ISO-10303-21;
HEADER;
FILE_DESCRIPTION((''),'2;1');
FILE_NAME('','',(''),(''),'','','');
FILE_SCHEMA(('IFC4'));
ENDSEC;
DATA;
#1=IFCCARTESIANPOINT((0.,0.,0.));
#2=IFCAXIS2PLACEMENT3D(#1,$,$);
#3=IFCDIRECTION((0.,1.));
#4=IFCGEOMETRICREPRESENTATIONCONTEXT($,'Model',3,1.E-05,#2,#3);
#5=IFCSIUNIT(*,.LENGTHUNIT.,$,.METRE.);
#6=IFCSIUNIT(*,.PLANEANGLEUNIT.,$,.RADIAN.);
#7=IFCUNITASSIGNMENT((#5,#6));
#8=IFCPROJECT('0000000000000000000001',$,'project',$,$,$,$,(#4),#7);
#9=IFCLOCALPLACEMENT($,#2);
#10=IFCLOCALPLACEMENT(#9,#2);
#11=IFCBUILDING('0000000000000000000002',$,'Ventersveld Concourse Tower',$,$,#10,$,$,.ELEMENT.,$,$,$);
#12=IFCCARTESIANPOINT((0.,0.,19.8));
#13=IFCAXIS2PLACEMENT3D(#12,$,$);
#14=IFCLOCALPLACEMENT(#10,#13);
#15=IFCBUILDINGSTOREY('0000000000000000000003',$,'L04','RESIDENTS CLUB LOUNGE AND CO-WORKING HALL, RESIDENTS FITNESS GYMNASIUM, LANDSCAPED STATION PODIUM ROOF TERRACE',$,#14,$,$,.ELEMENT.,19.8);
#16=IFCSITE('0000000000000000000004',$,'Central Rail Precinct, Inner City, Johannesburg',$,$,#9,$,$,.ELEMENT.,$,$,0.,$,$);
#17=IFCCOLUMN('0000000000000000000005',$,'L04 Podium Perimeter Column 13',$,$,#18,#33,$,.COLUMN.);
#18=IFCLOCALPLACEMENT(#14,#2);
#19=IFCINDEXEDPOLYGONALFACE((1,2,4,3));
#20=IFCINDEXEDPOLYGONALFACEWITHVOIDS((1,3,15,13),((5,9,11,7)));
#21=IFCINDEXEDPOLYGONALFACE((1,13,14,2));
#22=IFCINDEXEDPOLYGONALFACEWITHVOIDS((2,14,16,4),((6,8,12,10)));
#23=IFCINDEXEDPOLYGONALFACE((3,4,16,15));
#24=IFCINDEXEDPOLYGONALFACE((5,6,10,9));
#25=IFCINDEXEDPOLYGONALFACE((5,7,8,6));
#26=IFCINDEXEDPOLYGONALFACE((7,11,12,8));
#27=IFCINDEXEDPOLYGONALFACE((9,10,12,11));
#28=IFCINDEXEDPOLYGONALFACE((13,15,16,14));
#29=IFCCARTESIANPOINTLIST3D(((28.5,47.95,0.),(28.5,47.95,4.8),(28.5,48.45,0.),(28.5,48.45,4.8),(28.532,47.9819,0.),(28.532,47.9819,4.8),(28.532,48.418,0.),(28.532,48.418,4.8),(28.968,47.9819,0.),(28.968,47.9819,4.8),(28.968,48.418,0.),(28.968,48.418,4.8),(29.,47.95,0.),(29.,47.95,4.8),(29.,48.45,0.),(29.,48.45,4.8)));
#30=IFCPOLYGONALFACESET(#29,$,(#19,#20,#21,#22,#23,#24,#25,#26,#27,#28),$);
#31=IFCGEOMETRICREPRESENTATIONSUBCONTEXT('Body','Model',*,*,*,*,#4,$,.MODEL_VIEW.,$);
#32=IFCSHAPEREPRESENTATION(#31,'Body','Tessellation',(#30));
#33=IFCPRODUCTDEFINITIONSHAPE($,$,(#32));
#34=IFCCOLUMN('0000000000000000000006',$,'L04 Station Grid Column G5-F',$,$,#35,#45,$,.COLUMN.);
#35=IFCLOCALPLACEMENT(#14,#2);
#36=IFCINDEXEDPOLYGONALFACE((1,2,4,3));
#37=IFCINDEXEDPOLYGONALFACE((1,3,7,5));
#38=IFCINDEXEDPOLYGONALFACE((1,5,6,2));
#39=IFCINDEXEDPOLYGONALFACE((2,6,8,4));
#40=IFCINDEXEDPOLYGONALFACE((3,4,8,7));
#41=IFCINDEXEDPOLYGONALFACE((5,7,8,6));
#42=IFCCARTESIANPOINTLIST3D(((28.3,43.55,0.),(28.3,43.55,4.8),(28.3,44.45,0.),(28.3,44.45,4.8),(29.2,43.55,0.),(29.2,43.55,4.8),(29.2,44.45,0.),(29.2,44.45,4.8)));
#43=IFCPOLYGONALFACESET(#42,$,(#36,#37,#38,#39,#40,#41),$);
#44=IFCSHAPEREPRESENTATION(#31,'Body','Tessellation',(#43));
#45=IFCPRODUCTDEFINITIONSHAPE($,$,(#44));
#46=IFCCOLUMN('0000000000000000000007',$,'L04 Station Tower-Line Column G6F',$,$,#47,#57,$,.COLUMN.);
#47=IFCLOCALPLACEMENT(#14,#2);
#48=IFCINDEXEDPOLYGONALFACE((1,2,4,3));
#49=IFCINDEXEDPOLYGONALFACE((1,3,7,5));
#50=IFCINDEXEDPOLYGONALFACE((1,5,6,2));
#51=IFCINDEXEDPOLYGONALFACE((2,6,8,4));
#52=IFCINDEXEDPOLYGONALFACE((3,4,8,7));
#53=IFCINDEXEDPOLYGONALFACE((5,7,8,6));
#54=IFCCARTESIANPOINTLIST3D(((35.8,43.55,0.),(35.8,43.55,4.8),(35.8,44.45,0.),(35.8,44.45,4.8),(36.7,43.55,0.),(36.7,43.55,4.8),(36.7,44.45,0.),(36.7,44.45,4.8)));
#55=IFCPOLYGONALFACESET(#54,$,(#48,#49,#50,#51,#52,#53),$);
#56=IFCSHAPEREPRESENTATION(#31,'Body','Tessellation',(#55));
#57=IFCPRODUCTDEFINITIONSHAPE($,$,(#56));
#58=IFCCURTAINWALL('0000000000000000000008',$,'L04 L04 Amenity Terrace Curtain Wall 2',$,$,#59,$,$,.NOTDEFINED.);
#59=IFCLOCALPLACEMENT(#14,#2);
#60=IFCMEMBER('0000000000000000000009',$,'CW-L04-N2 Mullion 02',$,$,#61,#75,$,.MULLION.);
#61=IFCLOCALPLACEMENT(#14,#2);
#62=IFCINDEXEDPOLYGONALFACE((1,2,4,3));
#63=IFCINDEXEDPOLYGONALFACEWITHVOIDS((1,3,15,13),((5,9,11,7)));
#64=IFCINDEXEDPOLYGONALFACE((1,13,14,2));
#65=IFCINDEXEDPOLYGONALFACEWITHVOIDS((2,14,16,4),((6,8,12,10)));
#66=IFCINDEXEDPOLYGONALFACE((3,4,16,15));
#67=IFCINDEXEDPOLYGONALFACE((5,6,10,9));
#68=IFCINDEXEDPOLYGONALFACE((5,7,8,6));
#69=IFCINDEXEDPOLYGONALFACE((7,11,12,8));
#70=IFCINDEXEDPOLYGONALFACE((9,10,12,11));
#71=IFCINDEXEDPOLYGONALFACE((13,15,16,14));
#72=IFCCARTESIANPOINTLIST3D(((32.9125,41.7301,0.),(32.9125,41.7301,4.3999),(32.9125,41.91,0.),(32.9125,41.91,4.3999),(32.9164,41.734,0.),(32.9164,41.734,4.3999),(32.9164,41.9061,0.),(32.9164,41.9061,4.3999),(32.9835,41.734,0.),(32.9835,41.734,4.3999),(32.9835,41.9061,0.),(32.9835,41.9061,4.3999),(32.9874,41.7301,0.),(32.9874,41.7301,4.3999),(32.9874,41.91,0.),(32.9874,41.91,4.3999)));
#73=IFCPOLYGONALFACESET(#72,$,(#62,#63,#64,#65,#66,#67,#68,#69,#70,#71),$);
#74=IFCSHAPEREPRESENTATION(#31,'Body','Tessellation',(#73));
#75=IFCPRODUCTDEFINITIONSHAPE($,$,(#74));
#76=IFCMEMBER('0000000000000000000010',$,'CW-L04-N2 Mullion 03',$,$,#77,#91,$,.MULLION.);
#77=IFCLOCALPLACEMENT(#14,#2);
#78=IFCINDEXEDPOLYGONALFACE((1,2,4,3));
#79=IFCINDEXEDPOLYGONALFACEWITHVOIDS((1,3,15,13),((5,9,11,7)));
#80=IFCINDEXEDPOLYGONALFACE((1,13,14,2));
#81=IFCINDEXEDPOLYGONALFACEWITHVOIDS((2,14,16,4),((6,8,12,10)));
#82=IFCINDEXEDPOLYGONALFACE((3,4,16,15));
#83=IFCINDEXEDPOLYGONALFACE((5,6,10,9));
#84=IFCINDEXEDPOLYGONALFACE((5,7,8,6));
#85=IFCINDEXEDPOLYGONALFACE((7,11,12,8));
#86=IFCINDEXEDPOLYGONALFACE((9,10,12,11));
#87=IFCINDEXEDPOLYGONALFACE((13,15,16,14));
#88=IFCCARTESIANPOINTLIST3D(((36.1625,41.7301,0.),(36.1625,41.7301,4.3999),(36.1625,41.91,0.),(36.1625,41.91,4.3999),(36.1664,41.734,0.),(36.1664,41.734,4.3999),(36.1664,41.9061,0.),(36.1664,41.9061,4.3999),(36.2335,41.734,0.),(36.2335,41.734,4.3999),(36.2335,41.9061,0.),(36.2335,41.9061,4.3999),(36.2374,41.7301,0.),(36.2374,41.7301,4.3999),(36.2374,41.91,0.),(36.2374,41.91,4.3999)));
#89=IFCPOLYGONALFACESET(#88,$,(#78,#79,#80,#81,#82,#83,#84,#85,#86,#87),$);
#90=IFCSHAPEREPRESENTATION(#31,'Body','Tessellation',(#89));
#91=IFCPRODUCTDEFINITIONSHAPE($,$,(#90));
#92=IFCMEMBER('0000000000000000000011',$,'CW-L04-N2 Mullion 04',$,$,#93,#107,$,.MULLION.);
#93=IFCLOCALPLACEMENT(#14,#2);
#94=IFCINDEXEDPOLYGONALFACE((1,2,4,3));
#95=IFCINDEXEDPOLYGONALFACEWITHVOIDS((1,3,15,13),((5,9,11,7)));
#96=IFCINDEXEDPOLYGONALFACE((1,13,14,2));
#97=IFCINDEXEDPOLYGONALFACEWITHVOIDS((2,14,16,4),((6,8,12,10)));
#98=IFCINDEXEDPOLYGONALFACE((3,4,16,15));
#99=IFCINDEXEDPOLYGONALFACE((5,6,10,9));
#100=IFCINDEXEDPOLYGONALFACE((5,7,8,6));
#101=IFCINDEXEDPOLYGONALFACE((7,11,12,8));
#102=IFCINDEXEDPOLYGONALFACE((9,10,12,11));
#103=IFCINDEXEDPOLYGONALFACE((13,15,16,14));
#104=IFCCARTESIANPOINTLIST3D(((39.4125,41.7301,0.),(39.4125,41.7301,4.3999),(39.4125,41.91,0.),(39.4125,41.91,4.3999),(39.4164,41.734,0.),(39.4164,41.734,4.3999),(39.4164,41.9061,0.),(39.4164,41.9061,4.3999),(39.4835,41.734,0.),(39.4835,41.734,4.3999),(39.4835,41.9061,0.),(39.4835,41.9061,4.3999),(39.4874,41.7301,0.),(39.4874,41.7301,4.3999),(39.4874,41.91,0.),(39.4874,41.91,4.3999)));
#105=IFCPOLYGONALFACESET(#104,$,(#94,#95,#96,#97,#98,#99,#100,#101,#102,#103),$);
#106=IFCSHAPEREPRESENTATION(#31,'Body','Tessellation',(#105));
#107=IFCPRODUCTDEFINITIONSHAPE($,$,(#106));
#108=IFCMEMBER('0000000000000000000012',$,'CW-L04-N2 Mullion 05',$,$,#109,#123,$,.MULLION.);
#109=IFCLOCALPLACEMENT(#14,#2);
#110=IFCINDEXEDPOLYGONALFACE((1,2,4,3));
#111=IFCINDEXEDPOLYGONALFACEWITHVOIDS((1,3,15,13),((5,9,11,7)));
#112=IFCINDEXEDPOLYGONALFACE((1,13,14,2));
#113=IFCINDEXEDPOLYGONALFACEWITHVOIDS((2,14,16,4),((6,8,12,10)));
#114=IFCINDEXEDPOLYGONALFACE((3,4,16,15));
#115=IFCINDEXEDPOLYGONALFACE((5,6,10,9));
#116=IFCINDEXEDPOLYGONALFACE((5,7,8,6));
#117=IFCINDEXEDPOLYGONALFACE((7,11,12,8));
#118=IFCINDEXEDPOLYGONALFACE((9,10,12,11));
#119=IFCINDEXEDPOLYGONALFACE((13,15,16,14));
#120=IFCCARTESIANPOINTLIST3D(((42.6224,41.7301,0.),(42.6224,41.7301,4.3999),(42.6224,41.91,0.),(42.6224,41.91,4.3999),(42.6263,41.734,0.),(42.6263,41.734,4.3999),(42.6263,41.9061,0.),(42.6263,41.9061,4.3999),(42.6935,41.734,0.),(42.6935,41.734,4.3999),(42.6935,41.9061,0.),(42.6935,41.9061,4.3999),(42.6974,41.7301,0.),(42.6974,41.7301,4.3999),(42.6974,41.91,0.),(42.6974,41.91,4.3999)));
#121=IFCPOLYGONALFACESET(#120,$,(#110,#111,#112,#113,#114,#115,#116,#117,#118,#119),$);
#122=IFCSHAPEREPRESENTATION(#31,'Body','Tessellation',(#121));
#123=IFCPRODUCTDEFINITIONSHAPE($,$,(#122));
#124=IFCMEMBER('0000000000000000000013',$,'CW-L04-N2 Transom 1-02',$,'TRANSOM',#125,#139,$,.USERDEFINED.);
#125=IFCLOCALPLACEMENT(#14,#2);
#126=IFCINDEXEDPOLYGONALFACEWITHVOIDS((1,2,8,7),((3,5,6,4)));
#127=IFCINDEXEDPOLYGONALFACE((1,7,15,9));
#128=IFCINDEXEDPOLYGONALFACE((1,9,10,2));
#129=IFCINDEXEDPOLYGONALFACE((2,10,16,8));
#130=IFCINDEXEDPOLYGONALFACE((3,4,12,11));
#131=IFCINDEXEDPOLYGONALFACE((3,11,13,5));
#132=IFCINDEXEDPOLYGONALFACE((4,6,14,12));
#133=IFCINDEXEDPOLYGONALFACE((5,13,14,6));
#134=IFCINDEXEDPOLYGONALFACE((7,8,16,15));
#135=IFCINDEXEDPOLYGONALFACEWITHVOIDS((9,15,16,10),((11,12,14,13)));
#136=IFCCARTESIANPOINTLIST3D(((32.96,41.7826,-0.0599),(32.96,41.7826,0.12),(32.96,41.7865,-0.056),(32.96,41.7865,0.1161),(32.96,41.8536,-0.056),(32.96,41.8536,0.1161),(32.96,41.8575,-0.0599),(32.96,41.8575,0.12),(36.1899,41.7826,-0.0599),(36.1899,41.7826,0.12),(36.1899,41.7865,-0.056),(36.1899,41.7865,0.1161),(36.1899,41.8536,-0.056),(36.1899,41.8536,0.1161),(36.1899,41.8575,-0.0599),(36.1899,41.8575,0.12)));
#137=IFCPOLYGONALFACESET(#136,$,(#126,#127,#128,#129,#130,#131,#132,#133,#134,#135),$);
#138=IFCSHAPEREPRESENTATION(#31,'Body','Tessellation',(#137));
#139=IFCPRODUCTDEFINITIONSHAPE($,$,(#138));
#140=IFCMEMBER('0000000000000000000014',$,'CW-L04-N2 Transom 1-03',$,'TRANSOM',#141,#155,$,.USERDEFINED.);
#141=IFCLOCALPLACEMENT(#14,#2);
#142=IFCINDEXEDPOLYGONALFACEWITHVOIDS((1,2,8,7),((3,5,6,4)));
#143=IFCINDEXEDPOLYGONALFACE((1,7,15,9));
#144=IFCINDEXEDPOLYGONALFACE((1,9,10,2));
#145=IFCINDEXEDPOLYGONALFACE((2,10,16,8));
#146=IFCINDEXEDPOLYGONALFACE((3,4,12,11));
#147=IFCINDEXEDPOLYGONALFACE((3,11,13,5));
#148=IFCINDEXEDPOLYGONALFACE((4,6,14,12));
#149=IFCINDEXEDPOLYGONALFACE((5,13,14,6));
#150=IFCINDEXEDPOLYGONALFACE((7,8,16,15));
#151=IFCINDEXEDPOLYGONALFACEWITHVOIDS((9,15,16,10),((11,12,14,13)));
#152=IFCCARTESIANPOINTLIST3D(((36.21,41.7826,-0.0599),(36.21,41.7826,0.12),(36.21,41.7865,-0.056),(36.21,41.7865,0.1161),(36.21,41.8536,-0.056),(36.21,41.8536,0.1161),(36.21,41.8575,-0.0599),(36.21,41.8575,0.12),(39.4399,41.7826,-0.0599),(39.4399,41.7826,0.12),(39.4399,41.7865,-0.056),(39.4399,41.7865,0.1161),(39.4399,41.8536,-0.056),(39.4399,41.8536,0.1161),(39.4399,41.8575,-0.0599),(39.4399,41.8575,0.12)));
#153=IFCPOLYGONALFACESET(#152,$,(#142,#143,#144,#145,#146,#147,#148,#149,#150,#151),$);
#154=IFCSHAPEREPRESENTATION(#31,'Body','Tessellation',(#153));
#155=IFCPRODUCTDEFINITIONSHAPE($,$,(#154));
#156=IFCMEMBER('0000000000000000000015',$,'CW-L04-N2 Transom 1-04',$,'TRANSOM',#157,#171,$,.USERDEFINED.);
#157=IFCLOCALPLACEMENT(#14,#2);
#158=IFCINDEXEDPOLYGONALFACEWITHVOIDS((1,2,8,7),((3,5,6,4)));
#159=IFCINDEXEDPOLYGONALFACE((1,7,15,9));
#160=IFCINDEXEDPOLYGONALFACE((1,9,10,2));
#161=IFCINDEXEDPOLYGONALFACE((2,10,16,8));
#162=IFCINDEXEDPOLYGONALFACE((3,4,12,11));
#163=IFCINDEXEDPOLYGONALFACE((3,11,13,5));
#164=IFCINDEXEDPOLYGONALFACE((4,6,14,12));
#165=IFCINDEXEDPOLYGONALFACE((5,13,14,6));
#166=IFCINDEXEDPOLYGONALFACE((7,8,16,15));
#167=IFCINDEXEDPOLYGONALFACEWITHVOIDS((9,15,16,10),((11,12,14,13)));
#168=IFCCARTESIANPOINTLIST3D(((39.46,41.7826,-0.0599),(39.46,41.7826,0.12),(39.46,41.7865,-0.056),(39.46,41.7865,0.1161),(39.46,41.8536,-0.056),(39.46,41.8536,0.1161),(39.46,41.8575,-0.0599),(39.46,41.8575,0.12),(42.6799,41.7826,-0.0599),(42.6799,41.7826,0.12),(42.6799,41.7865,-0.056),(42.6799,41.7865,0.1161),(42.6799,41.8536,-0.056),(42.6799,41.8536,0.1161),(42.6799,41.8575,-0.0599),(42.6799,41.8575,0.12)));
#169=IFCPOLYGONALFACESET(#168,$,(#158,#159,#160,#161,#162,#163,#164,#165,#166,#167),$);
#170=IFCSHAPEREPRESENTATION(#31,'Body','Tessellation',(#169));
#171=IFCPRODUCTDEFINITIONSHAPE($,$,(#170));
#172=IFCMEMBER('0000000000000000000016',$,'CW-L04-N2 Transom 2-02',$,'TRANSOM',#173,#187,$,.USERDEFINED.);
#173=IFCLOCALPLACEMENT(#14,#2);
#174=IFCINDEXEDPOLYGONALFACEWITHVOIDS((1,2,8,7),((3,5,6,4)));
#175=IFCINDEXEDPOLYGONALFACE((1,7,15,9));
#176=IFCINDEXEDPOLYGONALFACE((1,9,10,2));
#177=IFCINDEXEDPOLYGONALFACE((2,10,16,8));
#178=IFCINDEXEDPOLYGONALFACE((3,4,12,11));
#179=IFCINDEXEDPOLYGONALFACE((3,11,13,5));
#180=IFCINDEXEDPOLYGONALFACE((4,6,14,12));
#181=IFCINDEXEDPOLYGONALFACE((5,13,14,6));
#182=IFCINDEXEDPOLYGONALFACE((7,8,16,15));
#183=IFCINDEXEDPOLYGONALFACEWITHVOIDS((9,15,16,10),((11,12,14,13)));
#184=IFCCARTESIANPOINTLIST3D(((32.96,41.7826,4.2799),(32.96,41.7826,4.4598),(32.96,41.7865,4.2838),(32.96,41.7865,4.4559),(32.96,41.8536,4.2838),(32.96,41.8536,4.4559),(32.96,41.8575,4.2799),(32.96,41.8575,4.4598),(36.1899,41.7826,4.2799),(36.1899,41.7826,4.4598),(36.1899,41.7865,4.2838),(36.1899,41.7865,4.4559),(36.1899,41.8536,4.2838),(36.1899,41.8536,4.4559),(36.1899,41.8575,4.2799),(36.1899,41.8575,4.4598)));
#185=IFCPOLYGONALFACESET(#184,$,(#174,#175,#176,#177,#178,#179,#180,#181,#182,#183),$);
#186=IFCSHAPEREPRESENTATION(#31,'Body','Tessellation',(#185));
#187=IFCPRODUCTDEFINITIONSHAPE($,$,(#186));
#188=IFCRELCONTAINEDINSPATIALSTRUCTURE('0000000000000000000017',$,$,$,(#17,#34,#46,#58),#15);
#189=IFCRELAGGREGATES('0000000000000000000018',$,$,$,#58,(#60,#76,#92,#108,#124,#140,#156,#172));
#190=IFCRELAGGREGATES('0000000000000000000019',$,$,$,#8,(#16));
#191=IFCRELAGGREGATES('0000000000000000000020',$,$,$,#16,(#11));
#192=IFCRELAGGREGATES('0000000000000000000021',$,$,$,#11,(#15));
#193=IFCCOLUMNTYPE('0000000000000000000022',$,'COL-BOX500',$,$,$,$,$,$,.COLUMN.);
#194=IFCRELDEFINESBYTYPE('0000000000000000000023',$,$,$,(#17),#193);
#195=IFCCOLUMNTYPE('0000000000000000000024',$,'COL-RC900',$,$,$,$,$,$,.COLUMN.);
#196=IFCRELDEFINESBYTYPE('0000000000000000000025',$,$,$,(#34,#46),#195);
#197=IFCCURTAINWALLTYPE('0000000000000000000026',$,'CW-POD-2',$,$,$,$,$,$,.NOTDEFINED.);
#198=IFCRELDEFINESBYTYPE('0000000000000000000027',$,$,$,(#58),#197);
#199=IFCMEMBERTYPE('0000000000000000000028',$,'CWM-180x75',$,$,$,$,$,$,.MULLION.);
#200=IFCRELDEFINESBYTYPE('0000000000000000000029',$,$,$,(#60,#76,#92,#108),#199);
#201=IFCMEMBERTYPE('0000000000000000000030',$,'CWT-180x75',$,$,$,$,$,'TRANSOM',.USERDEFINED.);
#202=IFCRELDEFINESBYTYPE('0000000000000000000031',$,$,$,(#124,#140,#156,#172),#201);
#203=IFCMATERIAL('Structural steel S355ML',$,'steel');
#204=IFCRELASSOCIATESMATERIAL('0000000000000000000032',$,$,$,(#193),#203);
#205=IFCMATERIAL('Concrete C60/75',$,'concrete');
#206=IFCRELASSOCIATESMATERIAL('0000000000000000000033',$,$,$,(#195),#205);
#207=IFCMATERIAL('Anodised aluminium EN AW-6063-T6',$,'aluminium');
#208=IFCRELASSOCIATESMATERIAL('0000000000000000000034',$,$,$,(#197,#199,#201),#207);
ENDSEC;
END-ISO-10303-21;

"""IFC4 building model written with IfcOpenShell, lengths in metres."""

from ifc_helpers import new_model, si_unit, direction, frame, origin, origin_2d, place, context, subcontext, project, spatial, rectangle, hollow_rectangle, extrude, material, material_profile, profile_set, type_object, element, aggregate, save


model = new_model("IFC4")

# Units and contexts
model_context = context("Model", 3, precision=1e-05, world=origin(), true_north=direction((0.0, 1.0)))
body_context = subcontext(model_context, "Body", "Model", "MODEL_VIEW")
ifc_project = project(units=[si_unit("LENGTHUNIT", "METRE"), si_unit("PLANEANGLEUNIT", "RADIAN")], contexts=[model_context])

# Site, building, storey
site_placement = place(None, origin())
site = spatial("IfcSite", under=ifc_project, at=site_placement, Name="Central Rail Precinct, Inner City, Johannesburg", CompositionType="ELEMENT", RefElevation=0.0)
building_placement = place(site_placement, origin())
building = spatial("IfcBuilding", under=site, at=building_placement, Name="Ventersveld Concourse Tower", CompositionType="ELEMENT")
storey_placement = place(building_placement, frame((0.0, 0.0, 19.8)))
storey = spatial("IfcBuildingStorey", under=building, at=storey_placement, Name="L04", Description="RESIDENTS CLUB LOUNGE AND CO-WORKING HALL, RESIDENTS FITNESS GYMNASIUM, LANDSCAPED STATION PODIUM ROOF TERRACE", CompositionType="ELEMENT", Elevation=19.8)

# Columns
ifc_material_1 = material(Name="Structural steel S355ML", Category="steel")
ifc_material_profile_1 = material_profile(ifc_material_1, hollow_rectangle(XDim=0.5, YDim=0.5, WallThickness=0.032, at=origin_2d()), Name="BOX 500x500x32")
ifc_profile_set_1 = profile_set([ifc_material_profile_1], Name="Structural steel S355ML")
column_type_1 = type_object("IfcColumnType", Name="COL-BOX500", PredefinedType="COLUMN", material=ifc_profile_set_1)
column_placement = place(storey_placement, frame((28.75, 48.2, 0.0), z_axis=(0.0, 0.0, 1.0), x_axis=(1.0, 0.0, 0.0)))
element("IfcColumn", 1, at=column_placement, inside=storey, type_object=column_type_1, Name="L04 Podium Perimeter Column 13", PredefinedType="COLUMN", context=body_context, shape_type="SweptSolid", body=[
    extrude(hollow_rectangle(XDim=0.5, YDim=0.5, WallThickness=0.032, at=origin_2d()), origin(), (0.0, 0.0, 1.0), 4.8),
])
ifc_material_2 = material(Name="Concrete C60/75", Category="concrete")
ifc_material_profile_2 = material_profile(ifc_material_2, rectangle(XDim=0.8999, YDim=0.8999, at=origin_2d()), Name="RC 900x900")
ifc_profile_set_2 = profile_set([ifc_material_profile_2], Name="Concrete C60/75")
column_type_2 = type_object("IfcColumnType", Name="COL-RC900", PredefinedType="COLUMN", material=ifc_profile_set_2)
for number, where, z_axis, x_axis, name in (
    (2, (28.75, 44.0, 0.0), (0.0, 0.0, 1.0), (1.0, 0.0, 0.0), "L04 Station Grid Column G5-F"),
    (3, (36.25, 44.0, 0.0), (0.0, 0.0, 1.0), (1.0, 0.0, 0.0), "L04 Station Tower-Line Column G6F"),
):
    element("IfcColumn", number, at=place(storey_placement, frame(where, z_axis=z_axis, x_axis=x_axis)), inside=storey, type_object=column_type_2, Name=name, PredefinedType="COLUMN", context=body_context, shape_type="SweptSolid", body=[
        extrude(rectangle(XDim=0.8999, YDim=0.8999, at=origin_2d()), origin(), (0.0, 0.0, 1.0), 4.8),
    ])

# Curtain wall, members
ifc_material_3 = material(Name="Anodised aluminium EN AW-6063-T6", Category="aluminium")
curtain_wall_type = type_object("IfcCurtainWallType", Name="CW-POD-2", PredefinedType="NOTDEFINED", material=ifc_material_3)
curtain_wall_placement = place(storey_placement, origin())
curtain_wall = element("IfcCurtainWall", 4, at=curtain_wall_placement, inside=storey, type_object=curtain_wall_type, Name="L04 L04 Amenity Terrace Curtain Wall 2", PredefinedType="NOTDEFINED")
ifc_material_profile_3 = material_profile(ifc_material_3, hollow_rectangle(XDim=0.075, YDim=0.1799, WallThickness=0.0039, at=origin_2d()), Name="ALU 180x75x4")
ifc_profile_set_3 = profile_set([ifc_material_profile_3], Name="Anodised aluminium EN AW-6063-T6")
member_type_1 = type_object("IfcMemberType", Name="CWM-180x75", PredefinedType="MULLION", material=ifc_profile_set_3)
member_1_placement = place(storey_placement, frame((32.95, 41.8201, 0.0), z_axis=(0.0, 0.0, 1.0), x_axis=(1.0, 0.0, 0.0)))
member_1 = element("IfcMember", 5, at=member_1_placement, type_object=member_type_1, Name="CW-L04-N2 Mullion 02", PredefinedType="MULLION", context=body_context, shape_type="SweptSolid", body=[
    extrude(hollow_rectangle(XDim=0.075, YDim=0.1799, WallThickness=0.0039, at=origin_2d()), origin(), (0.0, 0.0, 1.0), 4.3999),
])
member_2_placement = place(storey_placement, frame((36.2, 41.8201, 0.0), z_axis=(0.0, 0.0, 1.0), x_axis=(1.0, 0.0, 0.0)))
member_2 = element("IfcMember", 6, at=member_2_placement, type_object=member_type_1, Name="CW-L04-N2 Mullion 03", PredefinedType="MULLION", context=body_context, shape_type="SweptSolid", body=[
    extrude(hollow_rectangle(XDim=0.075, YDim=0.1799, WallThickness=0.0039, at=origin_2d()), origin(), (0.0, 0.0, 1.0), 4.3999),
])
member_3_placement = place(storey_placement, frame((39.45, 41.8201, 0.0), z_axis=(0.0, 0.0, 1.0), x_axis=(1.0, 0.0, 0.0)))
member_3 = element("IfcMember", 7, at=member_3_placement, type_object=member_type_1, Name="CW-L04-N2 Mullion 04", PredefinedType="MULLION", context=body_context, shape_type="SweptSolid", body=[
    extrude(hollow_rectangle(XDim=0.075, YDim=0.1799, WallThickness=0.0039, at=origin_2d()), origin(), (0.0, 0.0, 1.0), 4.3999),
])
member_4_placement = place(storey_placement, frame((42.6599, 41.8201, 0.0), z_axis=(0.0, 0.0, 1.0), x_axis=(1.0, 0.0, 0.0)))
member_4 = element("IfcMember", 8, at=member_4_placement, type_object=member_type_1, Name="CW-L04-N2 Mullion 05", PredefinedType="MULLION", context=body_context, shape_type="SweptSolid", body=[
    extrude(hollow_rectangle(XDim=0.075, YDim=0.1799, WallThickness=0.0039, at=origin_2d()), origin(), (0.0, 0.0, 1.0), 4.3999),
])
ifc_material_profile_4 = material_profile(ifc_material_3, hollow_rectangle(XDim=0.075, YDim=0.1799, WallThickness=0.0039, at=origin_2d()), Name="ALU 180x75x4")
ifc_profile_set_4 = profile_set([ifc_material_profile_4], Name="Anodised aluminium EN AW-6063-T6")
member_type_2 = type_object("IfcMemberType", Name="CWT-180x75", ElementType="TRANSOM", PredefinedType="USERDEFINED", material=ifc_profile_set_4)
member_5_placement = place(storey_placement, frame((32.96, 41.8201, 0.03), z_axis=(1.0, 0.0, 0.0), x_axis=(0.0, 1.0, 0.0)))
member_5 = element("IfcMember", 9, at=member_5_placement, type_object=member_type_2, Name="CW-L04-N2 Transom 1-02", ObjectType="TRANSOM", PredefinedType="USERDEFINED", context=body_context, shape_type="SweptSolid", body=[
    extrude(hollow_rectangle(XDim=0.075, YDim=0.1799, WallThickness=0.0039, at=origin_2d()), origin(), (0.0, 0.0, 1.0), 3.23),
])
member_6_placement = place(storey_placement, frame((36.21, 41.8201, 0.03), z_axis=(1.0, 0.0, 0.0), x_axis=(0.0, 1.0, 0.0)))
member_6 = element("IfcMember", 10, at=member_6_placement, type_object=member_type_2, Name="CW-L04-N2 Transom 1-03", ObjectType="TRANSOM", PredefinedType="USERDEFINED", context=body_context, shape_type="SweptSolid", body=[
    extrude(hollow_rectangle(XDim=0.075, YDim=0.1799, WallThickness=0.0039, at=origin_2d()), origin(), (0.0, 0.0, 1.0), 3.23),
])
member_7_placement = place(storey_placement, frame((39.46, 41.8201, 0.03), z_axis=(1.0, 0.0, 0.0), x_axis=(0.0, 1.0, 0.0)))
member_7 = element("IfcMember", 11, at=member_7_placement, type_object=member_type_2, Name="CW-L04-N2 Transom 1-04", ObjectType="TRANSOM", PredefinedType="USERDEFINED", context=body_context, shape_type="SweptSolid", body=[
    extrude(hollow_rectangle(XDim=0.075, YDim=0.1799, WallThickness=0.0039, at=origin_2d()), origin(), (0.0, 0.0, 1.0), 3.22),
])
member_8_placement = place(storey_placement, frame((32.96, 41.8201, 4.3699), z_axis=(1.0, 0.0, 0.0), x_axis=(0.0, 1.0, 0.0)))
member_8 = element("IfcMember", 12, at=member_8_placement, type_object=member_type_2, Name="CW-L04-N2 Transom 2-02", ObjectType="TRANSOM", PredefinedType="USERDEFINED", context=body_context, shape_type="SweptSolid", body=[
    extrude(hollow_rectangle(XDim=0.075, YDim=0.1799, WallThickness=0.0039, at=origin_2d()), origin(), (0.0, 0.0, 1.0), 3.23),
])

aggregate(curtain_wall, [member_1, member_2, member_3, member_4, member_5, member_6, member_7, member_8])

save(model, "model.ifc")
